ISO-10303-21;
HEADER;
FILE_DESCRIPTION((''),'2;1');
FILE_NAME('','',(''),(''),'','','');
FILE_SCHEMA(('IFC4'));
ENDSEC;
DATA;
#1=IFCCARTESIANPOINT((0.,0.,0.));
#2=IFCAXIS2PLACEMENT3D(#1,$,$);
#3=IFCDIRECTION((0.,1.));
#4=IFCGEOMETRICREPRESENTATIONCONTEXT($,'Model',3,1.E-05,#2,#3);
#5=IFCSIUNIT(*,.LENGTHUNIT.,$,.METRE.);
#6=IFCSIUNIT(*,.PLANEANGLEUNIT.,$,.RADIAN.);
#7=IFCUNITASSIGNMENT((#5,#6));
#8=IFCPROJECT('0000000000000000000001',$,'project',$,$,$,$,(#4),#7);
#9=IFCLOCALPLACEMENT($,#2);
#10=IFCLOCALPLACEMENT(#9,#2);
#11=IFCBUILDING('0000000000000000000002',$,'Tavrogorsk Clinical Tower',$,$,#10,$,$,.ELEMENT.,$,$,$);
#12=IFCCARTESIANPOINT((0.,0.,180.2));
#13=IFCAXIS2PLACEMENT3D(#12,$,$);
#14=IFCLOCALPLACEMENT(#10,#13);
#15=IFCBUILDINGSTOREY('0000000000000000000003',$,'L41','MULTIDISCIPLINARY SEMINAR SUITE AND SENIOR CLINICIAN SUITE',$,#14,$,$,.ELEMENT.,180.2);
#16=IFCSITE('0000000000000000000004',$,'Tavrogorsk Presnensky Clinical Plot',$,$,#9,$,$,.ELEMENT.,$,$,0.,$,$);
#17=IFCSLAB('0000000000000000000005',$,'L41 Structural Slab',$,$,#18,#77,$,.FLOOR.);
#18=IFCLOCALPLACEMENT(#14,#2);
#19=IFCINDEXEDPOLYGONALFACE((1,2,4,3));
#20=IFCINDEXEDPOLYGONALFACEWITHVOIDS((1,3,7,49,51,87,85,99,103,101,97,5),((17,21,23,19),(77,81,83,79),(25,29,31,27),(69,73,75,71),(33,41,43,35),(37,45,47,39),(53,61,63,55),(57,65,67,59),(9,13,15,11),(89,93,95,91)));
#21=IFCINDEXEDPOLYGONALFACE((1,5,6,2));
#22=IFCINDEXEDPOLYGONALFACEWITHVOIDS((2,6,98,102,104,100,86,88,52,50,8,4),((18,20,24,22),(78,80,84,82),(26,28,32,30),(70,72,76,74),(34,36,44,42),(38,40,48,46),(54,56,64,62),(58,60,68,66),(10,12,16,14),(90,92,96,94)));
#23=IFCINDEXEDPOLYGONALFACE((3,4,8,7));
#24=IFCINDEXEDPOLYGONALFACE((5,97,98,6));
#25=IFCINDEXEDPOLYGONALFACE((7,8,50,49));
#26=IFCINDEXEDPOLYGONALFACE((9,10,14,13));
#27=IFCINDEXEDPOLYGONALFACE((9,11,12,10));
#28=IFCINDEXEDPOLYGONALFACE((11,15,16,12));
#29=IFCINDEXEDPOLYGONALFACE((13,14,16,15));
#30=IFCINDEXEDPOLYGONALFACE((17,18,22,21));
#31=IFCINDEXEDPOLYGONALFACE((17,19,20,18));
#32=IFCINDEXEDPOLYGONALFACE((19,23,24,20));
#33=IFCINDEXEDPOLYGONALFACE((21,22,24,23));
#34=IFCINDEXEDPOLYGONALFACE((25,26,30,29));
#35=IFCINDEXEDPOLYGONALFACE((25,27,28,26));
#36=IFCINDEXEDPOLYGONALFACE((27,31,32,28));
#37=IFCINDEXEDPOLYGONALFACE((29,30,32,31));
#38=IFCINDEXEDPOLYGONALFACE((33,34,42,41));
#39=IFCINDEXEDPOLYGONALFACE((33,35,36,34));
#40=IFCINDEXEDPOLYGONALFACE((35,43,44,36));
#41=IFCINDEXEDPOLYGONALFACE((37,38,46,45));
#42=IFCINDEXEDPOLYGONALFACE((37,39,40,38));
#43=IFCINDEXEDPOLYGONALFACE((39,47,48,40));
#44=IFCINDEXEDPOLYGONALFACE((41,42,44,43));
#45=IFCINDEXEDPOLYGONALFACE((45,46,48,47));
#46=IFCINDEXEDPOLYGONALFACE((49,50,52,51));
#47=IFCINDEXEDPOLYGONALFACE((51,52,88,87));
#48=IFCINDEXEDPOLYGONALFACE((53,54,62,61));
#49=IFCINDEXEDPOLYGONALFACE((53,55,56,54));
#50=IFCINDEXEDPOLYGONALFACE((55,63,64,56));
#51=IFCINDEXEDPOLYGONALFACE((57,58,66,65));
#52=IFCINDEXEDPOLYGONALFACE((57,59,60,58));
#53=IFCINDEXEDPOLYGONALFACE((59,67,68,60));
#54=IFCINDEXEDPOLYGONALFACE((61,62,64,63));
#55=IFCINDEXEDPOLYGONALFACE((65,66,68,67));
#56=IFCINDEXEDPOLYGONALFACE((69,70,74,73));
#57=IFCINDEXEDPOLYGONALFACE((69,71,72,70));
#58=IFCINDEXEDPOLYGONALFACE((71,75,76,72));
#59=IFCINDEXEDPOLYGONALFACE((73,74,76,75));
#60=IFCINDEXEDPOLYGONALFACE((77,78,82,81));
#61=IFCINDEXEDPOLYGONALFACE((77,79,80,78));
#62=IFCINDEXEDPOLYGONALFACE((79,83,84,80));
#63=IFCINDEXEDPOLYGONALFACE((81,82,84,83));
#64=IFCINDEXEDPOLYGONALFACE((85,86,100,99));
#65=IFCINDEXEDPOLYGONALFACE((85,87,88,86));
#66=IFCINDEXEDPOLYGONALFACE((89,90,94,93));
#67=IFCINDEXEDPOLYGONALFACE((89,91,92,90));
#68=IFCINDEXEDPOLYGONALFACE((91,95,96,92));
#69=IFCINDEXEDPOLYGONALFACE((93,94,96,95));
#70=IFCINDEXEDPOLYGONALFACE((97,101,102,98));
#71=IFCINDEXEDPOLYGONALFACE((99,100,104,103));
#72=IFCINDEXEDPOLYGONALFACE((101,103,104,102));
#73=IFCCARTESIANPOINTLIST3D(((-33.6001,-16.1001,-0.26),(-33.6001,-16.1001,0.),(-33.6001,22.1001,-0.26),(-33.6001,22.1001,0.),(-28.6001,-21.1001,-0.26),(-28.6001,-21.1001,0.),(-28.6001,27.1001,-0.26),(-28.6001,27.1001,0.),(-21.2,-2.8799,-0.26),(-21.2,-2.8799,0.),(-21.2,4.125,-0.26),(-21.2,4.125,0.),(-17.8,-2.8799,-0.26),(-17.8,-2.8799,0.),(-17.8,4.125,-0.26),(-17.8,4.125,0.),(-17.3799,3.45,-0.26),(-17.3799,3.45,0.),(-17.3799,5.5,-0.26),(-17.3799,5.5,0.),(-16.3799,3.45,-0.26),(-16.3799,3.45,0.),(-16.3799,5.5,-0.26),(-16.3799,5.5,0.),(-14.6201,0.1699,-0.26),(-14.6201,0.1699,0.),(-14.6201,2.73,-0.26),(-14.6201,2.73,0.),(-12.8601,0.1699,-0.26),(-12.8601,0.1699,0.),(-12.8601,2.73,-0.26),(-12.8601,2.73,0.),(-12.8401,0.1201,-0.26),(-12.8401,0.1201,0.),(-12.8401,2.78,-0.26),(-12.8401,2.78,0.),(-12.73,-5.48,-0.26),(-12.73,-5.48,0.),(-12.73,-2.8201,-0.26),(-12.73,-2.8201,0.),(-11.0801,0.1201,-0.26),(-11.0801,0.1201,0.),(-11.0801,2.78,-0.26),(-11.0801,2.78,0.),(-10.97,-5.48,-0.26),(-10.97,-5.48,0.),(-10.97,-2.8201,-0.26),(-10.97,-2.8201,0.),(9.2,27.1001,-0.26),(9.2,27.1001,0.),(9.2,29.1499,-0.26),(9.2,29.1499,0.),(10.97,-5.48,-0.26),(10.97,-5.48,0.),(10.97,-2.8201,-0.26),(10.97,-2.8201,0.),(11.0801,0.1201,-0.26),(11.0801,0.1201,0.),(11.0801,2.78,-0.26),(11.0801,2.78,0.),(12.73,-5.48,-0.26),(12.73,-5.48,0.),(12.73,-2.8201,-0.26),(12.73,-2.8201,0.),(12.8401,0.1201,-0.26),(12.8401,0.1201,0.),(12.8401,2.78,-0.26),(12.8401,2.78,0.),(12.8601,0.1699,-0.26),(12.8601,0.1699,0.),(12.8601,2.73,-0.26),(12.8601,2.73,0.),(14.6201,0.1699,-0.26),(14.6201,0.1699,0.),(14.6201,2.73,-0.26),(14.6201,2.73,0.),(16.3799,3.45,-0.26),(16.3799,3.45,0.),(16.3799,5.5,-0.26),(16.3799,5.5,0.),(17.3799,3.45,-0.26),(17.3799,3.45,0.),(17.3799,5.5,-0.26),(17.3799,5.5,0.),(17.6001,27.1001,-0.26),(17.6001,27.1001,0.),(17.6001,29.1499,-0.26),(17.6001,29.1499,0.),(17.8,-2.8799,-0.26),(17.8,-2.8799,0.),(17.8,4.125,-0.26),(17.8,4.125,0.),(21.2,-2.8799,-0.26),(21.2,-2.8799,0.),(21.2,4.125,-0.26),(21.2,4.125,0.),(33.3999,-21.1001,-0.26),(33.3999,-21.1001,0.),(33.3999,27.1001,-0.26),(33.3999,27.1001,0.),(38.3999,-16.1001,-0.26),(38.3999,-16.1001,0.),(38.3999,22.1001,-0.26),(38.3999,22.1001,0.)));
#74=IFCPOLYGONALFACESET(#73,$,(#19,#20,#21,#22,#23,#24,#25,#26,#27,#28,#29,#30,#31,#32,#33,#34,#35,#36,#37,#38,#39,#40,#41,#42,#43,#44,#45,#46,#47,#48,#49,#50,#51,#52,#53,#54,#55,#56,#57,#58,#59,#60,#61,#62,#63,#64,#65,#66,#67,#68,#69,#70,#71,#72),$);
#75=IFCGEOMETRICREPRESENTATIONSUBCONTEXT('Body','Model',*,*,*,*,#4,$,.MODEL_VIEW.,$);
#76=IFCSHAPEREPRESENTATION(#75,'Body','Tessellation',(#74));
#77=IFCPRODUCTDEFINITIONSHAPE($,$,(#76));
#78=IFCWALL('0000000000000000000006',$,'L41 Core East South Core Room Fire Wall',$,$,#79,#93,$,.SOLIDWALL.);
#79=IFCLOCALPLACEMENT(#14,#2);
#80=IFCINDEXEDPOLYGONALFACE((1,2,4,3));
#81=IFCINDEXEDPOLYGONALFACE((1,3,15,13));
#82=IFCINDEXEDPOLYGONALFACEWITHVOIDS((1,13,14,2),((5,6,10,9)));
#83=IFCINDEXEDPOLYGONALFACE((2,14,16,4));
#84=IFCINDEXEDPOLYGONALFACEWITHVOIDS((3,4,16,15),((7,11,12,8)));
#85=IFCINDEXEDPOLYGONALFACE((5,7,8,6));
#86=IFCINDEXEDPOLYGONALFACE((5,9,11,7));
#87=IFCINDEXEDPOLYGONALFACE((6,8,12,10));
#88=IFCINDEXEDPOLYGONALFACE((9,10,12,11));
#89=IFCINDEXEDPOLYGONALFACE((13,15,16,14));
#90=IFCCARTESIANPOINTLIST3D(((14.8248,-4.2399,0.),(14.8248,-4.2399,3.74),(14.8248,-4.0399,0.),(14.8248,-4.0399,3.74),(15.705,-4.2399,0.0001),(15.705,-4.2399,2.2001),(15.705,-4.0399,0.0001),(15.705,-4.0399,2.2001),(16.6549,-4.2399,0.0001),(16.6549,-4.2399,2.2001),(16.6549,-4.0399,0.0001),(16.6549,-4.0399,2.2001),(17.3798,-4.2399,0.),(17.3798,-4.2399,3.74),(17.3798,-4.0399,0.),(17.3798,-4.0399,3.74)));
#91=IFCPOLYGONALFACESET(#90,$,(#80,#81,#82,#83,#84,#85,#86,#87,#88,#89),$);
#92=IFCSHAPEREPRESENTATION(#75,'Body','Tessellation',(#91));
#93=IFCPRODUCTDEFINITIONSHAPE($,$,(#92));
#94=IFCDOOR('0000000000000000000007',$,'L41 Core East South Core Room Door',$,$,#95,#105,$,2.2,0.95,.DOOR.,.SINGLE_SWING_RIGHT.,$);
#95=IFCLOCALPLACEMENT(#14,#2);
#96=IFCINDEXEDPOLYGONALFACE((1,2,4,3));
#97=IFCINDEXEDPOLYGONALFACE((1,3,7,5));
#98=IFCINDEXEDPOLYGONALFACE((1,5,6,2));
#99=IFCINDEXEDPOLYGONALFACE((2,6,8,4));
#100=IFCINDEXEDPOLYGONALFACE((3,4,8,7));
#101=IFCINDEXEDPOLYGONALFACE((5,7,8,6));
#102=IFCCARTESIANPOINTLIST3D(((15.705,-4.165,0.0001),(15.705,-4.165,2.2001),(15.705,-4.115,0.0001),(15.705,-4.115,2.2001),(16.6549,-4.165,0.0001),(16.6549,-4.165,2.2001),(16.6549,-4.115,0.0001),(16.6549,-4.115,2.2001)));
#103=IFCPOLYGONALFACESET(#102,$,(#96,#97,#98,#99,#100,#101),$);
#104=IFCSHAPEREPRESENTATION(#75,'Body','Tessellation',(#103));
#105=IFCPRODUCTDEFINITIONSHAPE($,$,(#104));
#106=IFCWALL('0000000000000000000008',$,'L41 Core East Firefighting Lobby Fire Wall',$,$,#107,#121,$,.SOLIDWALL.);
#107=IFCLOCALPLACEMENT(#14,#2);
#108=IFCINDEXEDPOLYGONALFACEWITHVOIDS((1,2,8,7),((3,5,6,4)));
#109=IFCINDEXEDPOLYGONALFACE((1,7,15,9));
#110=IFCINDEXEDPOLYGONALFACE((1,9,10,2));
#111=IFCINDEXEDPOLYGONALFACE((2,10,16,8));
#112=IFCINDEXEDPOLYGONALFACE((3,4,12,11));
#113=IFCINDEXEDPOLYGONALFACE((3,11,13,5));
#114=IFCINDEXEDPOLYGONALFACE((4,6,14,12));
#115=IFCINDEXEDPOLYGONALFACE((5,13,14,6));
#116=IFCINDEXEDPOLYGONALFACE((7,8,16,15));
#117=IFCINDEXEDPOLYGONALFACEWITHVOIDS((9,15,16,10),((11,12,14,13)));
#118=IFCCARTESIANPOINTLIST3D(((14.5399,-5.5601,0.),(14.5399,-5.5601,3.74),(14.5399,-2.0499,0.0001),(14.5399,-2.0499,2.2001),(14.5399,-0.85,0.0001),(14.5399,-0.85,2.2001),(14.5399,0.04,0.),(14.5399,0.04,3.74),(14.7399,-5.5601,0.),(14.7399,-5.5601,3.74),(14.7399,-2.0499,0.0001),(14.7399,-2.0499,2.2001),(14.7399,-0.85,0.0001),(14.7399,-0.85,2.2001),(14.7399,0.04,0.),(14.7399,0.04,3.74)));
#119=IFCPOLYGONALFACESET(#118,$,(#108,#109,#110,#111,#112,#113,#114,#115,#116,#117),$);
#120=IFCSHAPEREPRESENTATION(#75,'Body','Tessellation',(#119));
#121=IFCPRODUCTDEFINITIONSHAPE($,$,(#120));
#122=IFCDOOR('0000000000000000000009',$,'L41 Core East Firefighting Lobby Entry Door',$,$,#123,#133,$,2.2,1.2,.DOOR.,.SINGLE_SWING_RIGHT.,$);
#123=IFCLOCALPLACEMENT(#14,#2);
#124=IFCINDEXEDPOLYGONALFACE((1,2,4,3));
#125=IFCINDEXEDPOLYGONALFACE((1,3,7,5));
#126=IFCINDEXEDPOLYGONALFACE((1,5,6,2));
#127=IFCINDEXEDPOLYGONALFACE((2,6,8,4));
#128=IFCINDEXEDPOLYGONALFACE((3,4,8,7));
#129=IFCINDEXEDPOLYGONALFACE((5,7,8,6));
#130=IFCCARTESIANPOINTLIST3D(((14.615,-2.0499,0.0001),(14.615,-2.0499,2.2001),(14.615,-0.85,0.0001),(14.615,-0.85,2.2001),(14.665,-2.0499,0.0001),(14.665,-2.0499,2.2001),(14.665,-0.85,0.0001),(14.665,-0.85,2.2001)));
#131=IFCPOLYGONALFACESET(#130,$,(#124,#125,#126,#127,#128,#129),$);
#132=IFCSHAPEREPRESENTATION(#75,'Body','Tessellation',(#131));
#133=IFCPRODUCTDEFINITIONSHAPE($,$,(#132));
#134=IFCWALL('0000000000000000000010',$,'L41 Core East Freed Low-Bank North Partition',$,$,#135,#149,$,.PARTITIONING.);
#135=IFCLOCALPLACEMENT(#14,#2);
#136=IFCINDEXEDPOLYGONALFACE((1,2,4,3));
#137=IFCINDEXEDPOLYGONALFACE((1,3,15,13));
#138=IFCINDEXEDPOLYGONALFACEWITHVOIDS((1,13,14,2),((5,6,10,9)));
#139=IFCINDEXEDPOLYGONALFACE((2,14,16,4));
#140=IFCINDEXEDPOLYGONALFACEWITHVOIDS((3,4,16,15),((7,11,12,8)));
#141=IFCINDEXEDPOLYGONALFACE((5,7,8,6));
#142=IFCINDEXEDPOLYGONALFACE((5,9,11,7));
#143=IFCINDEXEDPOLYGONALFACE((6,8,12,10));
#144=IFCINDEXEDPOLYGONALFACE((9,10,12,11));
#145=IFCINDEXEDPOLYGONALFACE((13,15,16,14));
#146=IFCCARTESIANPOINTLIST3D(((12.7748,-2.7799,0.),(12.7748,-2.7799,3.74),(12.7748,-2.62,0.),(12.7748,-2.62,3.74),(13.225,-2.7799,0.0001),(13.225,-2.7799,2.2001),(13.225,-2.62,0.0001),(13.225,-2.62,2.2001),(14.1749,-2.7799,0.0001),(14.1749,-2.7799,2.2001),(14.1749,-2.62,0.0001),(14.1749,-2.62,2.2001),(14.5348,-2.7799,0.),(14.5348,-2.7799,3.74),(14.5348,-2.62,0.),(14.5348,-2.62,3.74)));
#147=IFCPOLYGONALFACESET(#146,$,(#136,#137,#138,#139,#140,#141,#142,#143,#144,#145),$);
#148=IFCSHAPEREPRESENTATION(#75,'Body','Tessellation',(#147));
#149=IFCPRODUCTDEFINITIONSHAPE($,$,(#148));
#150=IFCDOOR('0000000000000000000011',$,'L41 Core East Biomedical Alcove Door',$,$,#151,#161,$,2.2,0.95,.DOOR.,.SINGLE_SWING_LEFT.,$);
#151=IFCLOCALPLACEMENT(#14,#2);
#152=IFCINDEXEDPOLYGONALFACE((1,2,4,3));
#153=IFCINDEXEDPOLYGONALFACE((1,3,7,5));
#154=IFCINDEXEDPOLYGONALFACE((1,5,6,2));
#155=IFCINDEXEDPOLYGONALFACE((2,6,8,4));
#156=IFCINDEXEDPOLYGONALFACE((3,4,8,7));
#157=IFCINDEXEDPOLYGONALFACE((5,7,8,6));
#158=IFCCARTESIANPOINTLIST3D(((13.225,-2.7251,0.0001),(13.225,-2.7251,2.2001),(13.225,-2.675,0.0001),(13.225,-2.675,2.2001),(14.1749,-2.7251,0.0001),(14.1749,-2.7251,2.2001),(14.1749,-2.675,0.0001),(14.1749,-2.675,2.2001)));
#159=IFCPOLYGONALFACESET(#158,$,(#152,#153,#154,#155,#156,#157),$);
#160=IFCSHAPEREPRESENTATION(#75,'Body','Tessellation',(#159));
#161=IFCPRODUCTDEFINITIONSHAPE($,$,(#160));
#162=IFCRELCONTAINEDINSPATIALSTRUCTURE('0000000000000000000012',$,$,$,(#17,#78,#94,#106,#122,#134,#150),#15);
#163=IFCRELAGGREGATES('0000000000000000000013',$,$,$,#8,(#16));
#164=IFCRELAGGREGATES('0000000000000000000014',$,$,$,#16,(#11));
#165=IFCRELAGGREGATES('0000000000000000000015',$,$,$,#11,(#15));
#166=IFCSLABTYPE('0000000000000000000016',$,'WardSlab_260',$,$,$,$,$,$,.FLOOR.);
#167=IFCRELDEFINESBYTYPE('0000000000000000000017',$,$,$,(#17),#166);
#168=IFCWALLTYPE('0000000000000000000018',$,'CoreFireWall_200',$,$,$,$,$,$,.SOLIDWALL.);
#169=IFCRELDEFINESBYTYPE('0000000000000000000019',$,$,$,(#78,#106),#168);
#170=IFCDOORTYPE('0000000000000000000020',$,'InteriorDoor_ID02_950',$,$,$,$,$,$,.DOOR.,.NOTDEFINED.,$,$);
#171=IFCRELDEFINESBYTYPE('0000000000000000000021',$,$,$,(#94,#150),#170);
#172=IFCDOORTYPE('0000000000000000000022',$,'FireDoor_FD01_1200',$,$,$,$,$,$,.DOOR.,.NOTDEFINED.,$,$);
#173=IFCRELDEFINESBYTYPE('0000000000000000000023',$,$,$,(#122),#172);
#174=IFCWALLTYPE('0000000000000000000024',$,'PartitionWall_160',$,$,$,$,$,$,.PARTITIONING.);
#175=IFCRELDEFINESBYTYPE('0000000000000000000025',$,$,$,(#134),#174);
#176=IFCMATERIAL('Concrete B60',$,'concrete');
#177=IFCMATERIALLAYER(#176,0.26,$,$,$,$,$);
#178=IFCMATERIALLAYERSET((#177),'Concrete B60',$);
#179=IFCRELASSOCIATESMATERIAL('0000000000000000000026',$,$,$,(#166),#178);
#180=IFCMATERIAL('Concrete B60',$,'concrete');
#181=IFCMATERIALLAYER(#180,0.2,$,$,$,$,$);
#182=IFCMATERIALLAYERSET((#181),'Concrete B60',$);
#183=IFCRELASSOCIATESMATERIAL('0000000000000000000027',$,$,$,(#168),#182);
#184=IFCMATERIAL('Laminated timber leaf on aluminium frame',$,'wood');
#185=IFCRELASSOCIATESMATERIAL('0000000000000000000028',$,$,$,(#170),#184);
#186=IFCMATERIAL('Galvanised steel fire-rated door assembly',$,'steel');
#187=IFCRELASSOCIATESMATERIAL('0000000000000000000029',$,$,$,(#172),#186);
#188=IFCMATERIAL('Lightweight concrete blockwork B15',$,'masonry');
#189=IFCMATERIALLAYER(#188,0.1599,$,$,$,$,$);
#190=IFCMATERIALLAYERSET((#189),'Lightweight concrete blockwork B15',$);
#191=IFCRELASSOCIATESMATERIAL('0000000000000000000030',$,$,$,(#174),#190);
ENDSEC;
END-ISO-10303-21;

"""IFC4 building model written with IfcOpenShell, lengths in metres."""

from ifc_helpers import new_model, si_unit, direction, frame, frame_2d, origin, place, context, subcontext, project, spatial, polyline, rectangle, outline, extrude, material, layer, layer_set, type_object, element, fill, save


model = new_model("IFC4")

# Units and contexts
model_context = context("Model", 3, precision=1e-05, world=origin(), true_north=direction((0.0, 1.0)))
body_context = subcontext(model_context, "Body", "Model", "MODEL_VIEW")
ifc_project = project(units=[si_unit("LENGTHUNIT", "METRE"), si_unit("PLANEANGLEUNIT", "RADIAN")], contexts=[model_context])

# Site, building, storey
site_placement = place(None, origin())
site = spatial("IfcSite", under=ifc_project, at=site_placement, Name="Tavrogorsk Presnensky Clinical Plot", CompositionType="ELEMENT", RefElevation=0.0)
building_placement = place(site_placement, origin())
building = spatial("IfcBuilding", under=site, at=building_placement, Name="Tavrogorsk Clinical Tower", CompositionType="ELEMENT")
storey_placement = place(building_placement, frame((0.0, 0.0, 180.2)))
storey = spatial("IfcBuildingStorey", under=building, at=storey_placement, Name="L41", Description="MULTIDISCIPLINARY SEMINAR SUITE AND SENIOR CLINICIAN SUITE", CompositionType="ELEMENT", Elevation=180.2)

# Slab
ifc_material_1 = material(Name="Concrete B60", Category="concrete")
ifc_layer_1 = layer(ifc_material_1, 0.26)
ifc_layer_set_1 = layer_set([ifc_layer_1], Name="Concrete B60")
slab_type_1 = type_object("IfcSlabType", Name="WardSlab_260", PredefinedType="FLOOR", material=ifc_layer_set_1)
slab_1_placement = place(storey_placement, frame((0.0, 0.0, -0.26)))
element("IfcSlab", 1, at=slab_1_placement, inside=storey, type_object=slab_type_1, Name="L41 Structural Slab", PredefinedType="FLOOR", context=body_context, shape_type="SweptSolid", body=[
    extrude(outline(polyline([(33.3999, 27.1001), (38.3999, 22.1001), (38.3999, -16.1001), (33.3999, -21.1001), (-28.6001, -21.1001), (-33.6001, -16.1001), (-33.6001, 22.1001), (-28.6001, 27.1001), (9.2, 27.1001), (9.2, 29.1499), (17.6001, 29.1499), (17.6001, 27.1001), (33.3999, 27.1001)]), holes=[polyline([(-17.8, -2.8799), (-17.8, 4.125), (-21.2, 4.125), (-21.2, -2.8799), (-17.8, -2.8799)]), polyline([(21.2, -2.8799), (21.2, 4.125), (17.8, 4.125), (17.8, -2.8799), (21.2, -2.8799)]), polyline([(-14.6201, 0.1699), (-12.8601, 0.1699), (-12.8601, 2.73), (-14.6201, 2.73), (-14.6201, 0.1699)]), polyline([(-12.73, -5.48), (-10.97, -5.48), (-10.97, -2.8201), (-12.73, -2.8201), (-12.73, -5.48)]), polyline([(-12.8401, 0.1201), (-11.0801, 0.1201), (-11.0801, 2.78), (-12.8401, 2.78), (-12.8401, 0.1201)]), polyline([(12.8601, 0.1699), (14.6201, 0.1699), (14.6201, 2.73), (12.8601, 2.73), (12.8601, 0.1699)]), polyline([(10.97, -5.48), (12.73, -5.48), (12.73, -2.8201), (10.97, -2.8201), (10.97, -5.48)]), polyline([(11.0801, 0.1201), (12.8401, 0.1201), (12.8401, 2.78), (11.0801, 2.78), (11.0801, 0.1201)]), polyline([(-17.3799, 3.45), (-16.3799, 3.45), (-16.3799, 5.5), (-17.3799, 5.5), (-17.3799, 3.45)]), polyline([(16.3799, 3.45), (17.3799, 3.45), (17.3799, 5.5), (16.3799, 5.5), (16.3799, 3.45)])]), origin(), (0.0, 0.0, 1.0), 0.26),
])

# Walls, openings, doors
ifc_material_2 = material(Name="Concrete B60", Category="concrete")
ifc_layer_2 = layer(ifc_material_2, 0.2)
ifc_layer_set_2 = layer_set([ifc_layer_2], Name="Concrete B60")
wall_type_1 = type_object("IfcWallType", Name="CoreFireWall_200", PredefinedType="SOLIDWALL", material=ifc_layer_set_2)
wall_1_placement = place(storey_placement, frame((14.825, -4.1399, 0.0), z_axis=(0.0, 0.0, 1.0), x_axis=(1.0, 0.0, 0.0)))
wall_1 = element("IfcWall", 2, at=wall_1_placement, inside=storey, type_object=wall_type_1, Name="L41 Core East South Core Room Fire Wall", PredefinedType="SOLIDWALL", context=body_context, shape_type="SweptSolid", body=[
    extrude(rectangle(XDim=2.5549, YDim=0.2, at=frame_2d((1.2773, 0.0))), origin(), (0.0, 0.0, 1.0), 3.74),
])
opening_1_placement = place(wall_1_placement, frame((0.8799, 0.0, 0.0)))
opening_1 = element("IfcOpeningElement", 3, at=opening_1_placement, cuts=wall_1, PredefinedType="OPENING", context=body_context, shape_type="SweptSolid", body=[
    extrude(rectangle(XDim=0.95, YDim=2.2, at=frame_2d((0.4751, 1.1001))), frame((0.0, 0.1099, 0.0), z_axis=(0.0, -1.0, 0.0), x_axis=(1.0, 0.0, 0.0)), (0.0, 0.0, 1.0), 0.22),
])
ifc_material_3 = material(Name="Laminated timber leaf on aluminium frame", Category="wood")
door_type_1 = type_object("IfcDoorType", Name="InteriorDoor_ID02_950", OperationType="NOTDEFINED", PredefinedType="DOOR", material=ifc_material_3)
door_1_placement = place(opening_1_placement, origin())
door_1 = element("IfcDoor", 4, at=door_1_placement, inside=storey, type_object=door_type_1, Name="L41 Core East South Core Room Door", OperationType="SINGLE_SWING_RIGHT", OverallHeight=2.2, OverallWidth=0.95, PredefinedType="DOOR", context=body_context, shape_type="SweptSolid", body=[
    extrude(rectangle(XDim=0.95, YDim=2.2, at=frame_2d((0.4751, 1.1001))), frame((0.0, 0.0249, 0.0), z_axis=(0.0, -1.0, 0.0), x_axis=(1.0, 0.0, 0.0)), (0.0, 0.0, 1.0), 0.05),
])
fill(opening_1, door_1)
wall_2_placement = place(storey_placement, frame((14.6399, -5.5601, 0.0), z_axis=(0.0, 0.0, 1.0), x_axis=(0.0, 1.0, 0.0)))
wall_2 = element("IfcWall", 5, at=wall_2_placement, inside=storey, type_object=wall_type_1, Name="L41 Core East Firefighting Lobby Fire Wall", PredefinedType="SOLIDWALL", context=body_context, shape_type="SweptSolid", body=[
    extrude(rectangle(XDim=5.6001, YDim=0.2, at=frame_2d((2.8, 0.0))), origin(), (0.0, 0.0, 1.0), 3.74),
])
opening_2_placement = place(wall_2_placement, frame((3.51, 0.0, 0.0)))
opening_2 = element("IfcOpeningElement", 6, at=opening_2_placement, cuts=wall_2, PredefinedType="OPENING", context=body_context, shape_type="SweptSolid", body=[
    extrude(rectangle(XDim=1.2, YDim=2.2, at=frame_2d((0.6001, 1.1001))), frame((0.0, 0.1099, 0.0), z_axis=(0.0, -1.0, 0.0), x_axis=(1.0, 0.0, 0.0)), (0.0, 0.0, 1.0), 0.22),
])
ifc_material_4 = material(Name="Galvanised steel fire-rated door assembly", Category="steel")
door_type_2 = type_object("IfcDoorType", Name="FireDoor_FD01_1200", OperationType="NOTDEFINED", PredefinedType="DOOR", material=ifc_material_4)
door_2_placement = place(opening_2_placement, origin())
door_2 = element("IfcDoor", 7, at=door_2_placement, inside=storey, type_object=door_type_2, Name="L41 Core East Firefighting Lobby Entry Door", OperationType="SINGLE_SWING_RIGHT", OverallHeight=2.2, OverallWidth=1.2, PredefinedType="DOOR", context=body_context, shape_type="SweptSolid", body=[
    extrude(rectangle(XDim=1.2, YDim=2.2, at=frame_2d((0.6001, 1.1001))), frame((0.0, 0.0249, 0.0), z_axis=(0.0, -1.0, 0.0), x_axis=(1.0, 0.0, 0.0)), (0.0, 0.0, 1.0), 0.05),
])
fill(opening_2, door_2)
ifc_material_5 = material(Name="Lightweight concrete blockwork B15", Category="masonry")
ifc_layer_3 = layer(ifc_material_5, 0.1599)
ifc_layer_set_3 = layer_set([ifc_layer_3], Name="Lightweight concrete blockwork B15")
wall_type_2 = type_object("IfcWallType", Name="PartitionWall_160", PredefinedType="PARTITIONING", material=ifc_layer_set_3)
wall_3_placement = place(storey_placement, frame((12.7749, -2.7, 0.0), z_axis=(0.0, 0.0, 1.0), x_axis=(1.0, 0.0, 0.0)))
wall_3 = element("IfcWall", 8, at=wall_3_placement, inside=storey, type_object=wall_type_2, Name="L41 Core East Freed Low-Bank North Partition", PredefinedType="PARTITIONING", context=body_context, shape_type="SweptSolid", body=[
    extrude(rectangle(XDim=1.76, YDim=0.1599, at=frame_2d((0.8799, 0.0))), origin(), (0.0, 0.0, 1.0), 3.74),
])
opening_3_placement = place(wall_3_placement, frame((0.45, 0.0, 0.0)))
opening_3 = element("IfcOpeningElement", 9, at=opening_3_placement, cuts=wall_3, PredefinedType="OPENING", context=body_context, shape_type="SweptSolid", body=[
    extrude(rectangle(XDim=0.95, YDim=2.2, at=frame_2d((0.4751, 1.1001))), frame((0.0, 0.0898, 0.0), z_axis=(0.0, -1.0, 0.0), x_axis=(1.0, 0.0, 0.0)), (0.0, 0.0, 1.0), 0.1799),
])
door_3_placement = place(opening_3_placement, origin())
door_3 = element("IfcDoor", 10, at=door_3_placement, inside=storey, type_object=door_type_1, Name="L41 Core East Biomedical Alcove Door", OperationType="SINGLE_SWING_LEFT", OverallHeight=2.2, OverallWidth=0.95, PredefinedType="DOOR", context=body_context, shape_type="SweptSolid", body=[
    extrude(rectangle(XDim=0.95, YDim=2.2, at=frame_2d((0.4751, 1.1001))), frame((0.0, 0.0249, 0.0), z_axis=(0.0, -1.0, 0.0), x_axis=(1.0, 0.0, 0.0)), (0.0, 0.0, 1.0), 0.05),
])
fill(opening_3, door_3)

save(model, "model.ifc")
